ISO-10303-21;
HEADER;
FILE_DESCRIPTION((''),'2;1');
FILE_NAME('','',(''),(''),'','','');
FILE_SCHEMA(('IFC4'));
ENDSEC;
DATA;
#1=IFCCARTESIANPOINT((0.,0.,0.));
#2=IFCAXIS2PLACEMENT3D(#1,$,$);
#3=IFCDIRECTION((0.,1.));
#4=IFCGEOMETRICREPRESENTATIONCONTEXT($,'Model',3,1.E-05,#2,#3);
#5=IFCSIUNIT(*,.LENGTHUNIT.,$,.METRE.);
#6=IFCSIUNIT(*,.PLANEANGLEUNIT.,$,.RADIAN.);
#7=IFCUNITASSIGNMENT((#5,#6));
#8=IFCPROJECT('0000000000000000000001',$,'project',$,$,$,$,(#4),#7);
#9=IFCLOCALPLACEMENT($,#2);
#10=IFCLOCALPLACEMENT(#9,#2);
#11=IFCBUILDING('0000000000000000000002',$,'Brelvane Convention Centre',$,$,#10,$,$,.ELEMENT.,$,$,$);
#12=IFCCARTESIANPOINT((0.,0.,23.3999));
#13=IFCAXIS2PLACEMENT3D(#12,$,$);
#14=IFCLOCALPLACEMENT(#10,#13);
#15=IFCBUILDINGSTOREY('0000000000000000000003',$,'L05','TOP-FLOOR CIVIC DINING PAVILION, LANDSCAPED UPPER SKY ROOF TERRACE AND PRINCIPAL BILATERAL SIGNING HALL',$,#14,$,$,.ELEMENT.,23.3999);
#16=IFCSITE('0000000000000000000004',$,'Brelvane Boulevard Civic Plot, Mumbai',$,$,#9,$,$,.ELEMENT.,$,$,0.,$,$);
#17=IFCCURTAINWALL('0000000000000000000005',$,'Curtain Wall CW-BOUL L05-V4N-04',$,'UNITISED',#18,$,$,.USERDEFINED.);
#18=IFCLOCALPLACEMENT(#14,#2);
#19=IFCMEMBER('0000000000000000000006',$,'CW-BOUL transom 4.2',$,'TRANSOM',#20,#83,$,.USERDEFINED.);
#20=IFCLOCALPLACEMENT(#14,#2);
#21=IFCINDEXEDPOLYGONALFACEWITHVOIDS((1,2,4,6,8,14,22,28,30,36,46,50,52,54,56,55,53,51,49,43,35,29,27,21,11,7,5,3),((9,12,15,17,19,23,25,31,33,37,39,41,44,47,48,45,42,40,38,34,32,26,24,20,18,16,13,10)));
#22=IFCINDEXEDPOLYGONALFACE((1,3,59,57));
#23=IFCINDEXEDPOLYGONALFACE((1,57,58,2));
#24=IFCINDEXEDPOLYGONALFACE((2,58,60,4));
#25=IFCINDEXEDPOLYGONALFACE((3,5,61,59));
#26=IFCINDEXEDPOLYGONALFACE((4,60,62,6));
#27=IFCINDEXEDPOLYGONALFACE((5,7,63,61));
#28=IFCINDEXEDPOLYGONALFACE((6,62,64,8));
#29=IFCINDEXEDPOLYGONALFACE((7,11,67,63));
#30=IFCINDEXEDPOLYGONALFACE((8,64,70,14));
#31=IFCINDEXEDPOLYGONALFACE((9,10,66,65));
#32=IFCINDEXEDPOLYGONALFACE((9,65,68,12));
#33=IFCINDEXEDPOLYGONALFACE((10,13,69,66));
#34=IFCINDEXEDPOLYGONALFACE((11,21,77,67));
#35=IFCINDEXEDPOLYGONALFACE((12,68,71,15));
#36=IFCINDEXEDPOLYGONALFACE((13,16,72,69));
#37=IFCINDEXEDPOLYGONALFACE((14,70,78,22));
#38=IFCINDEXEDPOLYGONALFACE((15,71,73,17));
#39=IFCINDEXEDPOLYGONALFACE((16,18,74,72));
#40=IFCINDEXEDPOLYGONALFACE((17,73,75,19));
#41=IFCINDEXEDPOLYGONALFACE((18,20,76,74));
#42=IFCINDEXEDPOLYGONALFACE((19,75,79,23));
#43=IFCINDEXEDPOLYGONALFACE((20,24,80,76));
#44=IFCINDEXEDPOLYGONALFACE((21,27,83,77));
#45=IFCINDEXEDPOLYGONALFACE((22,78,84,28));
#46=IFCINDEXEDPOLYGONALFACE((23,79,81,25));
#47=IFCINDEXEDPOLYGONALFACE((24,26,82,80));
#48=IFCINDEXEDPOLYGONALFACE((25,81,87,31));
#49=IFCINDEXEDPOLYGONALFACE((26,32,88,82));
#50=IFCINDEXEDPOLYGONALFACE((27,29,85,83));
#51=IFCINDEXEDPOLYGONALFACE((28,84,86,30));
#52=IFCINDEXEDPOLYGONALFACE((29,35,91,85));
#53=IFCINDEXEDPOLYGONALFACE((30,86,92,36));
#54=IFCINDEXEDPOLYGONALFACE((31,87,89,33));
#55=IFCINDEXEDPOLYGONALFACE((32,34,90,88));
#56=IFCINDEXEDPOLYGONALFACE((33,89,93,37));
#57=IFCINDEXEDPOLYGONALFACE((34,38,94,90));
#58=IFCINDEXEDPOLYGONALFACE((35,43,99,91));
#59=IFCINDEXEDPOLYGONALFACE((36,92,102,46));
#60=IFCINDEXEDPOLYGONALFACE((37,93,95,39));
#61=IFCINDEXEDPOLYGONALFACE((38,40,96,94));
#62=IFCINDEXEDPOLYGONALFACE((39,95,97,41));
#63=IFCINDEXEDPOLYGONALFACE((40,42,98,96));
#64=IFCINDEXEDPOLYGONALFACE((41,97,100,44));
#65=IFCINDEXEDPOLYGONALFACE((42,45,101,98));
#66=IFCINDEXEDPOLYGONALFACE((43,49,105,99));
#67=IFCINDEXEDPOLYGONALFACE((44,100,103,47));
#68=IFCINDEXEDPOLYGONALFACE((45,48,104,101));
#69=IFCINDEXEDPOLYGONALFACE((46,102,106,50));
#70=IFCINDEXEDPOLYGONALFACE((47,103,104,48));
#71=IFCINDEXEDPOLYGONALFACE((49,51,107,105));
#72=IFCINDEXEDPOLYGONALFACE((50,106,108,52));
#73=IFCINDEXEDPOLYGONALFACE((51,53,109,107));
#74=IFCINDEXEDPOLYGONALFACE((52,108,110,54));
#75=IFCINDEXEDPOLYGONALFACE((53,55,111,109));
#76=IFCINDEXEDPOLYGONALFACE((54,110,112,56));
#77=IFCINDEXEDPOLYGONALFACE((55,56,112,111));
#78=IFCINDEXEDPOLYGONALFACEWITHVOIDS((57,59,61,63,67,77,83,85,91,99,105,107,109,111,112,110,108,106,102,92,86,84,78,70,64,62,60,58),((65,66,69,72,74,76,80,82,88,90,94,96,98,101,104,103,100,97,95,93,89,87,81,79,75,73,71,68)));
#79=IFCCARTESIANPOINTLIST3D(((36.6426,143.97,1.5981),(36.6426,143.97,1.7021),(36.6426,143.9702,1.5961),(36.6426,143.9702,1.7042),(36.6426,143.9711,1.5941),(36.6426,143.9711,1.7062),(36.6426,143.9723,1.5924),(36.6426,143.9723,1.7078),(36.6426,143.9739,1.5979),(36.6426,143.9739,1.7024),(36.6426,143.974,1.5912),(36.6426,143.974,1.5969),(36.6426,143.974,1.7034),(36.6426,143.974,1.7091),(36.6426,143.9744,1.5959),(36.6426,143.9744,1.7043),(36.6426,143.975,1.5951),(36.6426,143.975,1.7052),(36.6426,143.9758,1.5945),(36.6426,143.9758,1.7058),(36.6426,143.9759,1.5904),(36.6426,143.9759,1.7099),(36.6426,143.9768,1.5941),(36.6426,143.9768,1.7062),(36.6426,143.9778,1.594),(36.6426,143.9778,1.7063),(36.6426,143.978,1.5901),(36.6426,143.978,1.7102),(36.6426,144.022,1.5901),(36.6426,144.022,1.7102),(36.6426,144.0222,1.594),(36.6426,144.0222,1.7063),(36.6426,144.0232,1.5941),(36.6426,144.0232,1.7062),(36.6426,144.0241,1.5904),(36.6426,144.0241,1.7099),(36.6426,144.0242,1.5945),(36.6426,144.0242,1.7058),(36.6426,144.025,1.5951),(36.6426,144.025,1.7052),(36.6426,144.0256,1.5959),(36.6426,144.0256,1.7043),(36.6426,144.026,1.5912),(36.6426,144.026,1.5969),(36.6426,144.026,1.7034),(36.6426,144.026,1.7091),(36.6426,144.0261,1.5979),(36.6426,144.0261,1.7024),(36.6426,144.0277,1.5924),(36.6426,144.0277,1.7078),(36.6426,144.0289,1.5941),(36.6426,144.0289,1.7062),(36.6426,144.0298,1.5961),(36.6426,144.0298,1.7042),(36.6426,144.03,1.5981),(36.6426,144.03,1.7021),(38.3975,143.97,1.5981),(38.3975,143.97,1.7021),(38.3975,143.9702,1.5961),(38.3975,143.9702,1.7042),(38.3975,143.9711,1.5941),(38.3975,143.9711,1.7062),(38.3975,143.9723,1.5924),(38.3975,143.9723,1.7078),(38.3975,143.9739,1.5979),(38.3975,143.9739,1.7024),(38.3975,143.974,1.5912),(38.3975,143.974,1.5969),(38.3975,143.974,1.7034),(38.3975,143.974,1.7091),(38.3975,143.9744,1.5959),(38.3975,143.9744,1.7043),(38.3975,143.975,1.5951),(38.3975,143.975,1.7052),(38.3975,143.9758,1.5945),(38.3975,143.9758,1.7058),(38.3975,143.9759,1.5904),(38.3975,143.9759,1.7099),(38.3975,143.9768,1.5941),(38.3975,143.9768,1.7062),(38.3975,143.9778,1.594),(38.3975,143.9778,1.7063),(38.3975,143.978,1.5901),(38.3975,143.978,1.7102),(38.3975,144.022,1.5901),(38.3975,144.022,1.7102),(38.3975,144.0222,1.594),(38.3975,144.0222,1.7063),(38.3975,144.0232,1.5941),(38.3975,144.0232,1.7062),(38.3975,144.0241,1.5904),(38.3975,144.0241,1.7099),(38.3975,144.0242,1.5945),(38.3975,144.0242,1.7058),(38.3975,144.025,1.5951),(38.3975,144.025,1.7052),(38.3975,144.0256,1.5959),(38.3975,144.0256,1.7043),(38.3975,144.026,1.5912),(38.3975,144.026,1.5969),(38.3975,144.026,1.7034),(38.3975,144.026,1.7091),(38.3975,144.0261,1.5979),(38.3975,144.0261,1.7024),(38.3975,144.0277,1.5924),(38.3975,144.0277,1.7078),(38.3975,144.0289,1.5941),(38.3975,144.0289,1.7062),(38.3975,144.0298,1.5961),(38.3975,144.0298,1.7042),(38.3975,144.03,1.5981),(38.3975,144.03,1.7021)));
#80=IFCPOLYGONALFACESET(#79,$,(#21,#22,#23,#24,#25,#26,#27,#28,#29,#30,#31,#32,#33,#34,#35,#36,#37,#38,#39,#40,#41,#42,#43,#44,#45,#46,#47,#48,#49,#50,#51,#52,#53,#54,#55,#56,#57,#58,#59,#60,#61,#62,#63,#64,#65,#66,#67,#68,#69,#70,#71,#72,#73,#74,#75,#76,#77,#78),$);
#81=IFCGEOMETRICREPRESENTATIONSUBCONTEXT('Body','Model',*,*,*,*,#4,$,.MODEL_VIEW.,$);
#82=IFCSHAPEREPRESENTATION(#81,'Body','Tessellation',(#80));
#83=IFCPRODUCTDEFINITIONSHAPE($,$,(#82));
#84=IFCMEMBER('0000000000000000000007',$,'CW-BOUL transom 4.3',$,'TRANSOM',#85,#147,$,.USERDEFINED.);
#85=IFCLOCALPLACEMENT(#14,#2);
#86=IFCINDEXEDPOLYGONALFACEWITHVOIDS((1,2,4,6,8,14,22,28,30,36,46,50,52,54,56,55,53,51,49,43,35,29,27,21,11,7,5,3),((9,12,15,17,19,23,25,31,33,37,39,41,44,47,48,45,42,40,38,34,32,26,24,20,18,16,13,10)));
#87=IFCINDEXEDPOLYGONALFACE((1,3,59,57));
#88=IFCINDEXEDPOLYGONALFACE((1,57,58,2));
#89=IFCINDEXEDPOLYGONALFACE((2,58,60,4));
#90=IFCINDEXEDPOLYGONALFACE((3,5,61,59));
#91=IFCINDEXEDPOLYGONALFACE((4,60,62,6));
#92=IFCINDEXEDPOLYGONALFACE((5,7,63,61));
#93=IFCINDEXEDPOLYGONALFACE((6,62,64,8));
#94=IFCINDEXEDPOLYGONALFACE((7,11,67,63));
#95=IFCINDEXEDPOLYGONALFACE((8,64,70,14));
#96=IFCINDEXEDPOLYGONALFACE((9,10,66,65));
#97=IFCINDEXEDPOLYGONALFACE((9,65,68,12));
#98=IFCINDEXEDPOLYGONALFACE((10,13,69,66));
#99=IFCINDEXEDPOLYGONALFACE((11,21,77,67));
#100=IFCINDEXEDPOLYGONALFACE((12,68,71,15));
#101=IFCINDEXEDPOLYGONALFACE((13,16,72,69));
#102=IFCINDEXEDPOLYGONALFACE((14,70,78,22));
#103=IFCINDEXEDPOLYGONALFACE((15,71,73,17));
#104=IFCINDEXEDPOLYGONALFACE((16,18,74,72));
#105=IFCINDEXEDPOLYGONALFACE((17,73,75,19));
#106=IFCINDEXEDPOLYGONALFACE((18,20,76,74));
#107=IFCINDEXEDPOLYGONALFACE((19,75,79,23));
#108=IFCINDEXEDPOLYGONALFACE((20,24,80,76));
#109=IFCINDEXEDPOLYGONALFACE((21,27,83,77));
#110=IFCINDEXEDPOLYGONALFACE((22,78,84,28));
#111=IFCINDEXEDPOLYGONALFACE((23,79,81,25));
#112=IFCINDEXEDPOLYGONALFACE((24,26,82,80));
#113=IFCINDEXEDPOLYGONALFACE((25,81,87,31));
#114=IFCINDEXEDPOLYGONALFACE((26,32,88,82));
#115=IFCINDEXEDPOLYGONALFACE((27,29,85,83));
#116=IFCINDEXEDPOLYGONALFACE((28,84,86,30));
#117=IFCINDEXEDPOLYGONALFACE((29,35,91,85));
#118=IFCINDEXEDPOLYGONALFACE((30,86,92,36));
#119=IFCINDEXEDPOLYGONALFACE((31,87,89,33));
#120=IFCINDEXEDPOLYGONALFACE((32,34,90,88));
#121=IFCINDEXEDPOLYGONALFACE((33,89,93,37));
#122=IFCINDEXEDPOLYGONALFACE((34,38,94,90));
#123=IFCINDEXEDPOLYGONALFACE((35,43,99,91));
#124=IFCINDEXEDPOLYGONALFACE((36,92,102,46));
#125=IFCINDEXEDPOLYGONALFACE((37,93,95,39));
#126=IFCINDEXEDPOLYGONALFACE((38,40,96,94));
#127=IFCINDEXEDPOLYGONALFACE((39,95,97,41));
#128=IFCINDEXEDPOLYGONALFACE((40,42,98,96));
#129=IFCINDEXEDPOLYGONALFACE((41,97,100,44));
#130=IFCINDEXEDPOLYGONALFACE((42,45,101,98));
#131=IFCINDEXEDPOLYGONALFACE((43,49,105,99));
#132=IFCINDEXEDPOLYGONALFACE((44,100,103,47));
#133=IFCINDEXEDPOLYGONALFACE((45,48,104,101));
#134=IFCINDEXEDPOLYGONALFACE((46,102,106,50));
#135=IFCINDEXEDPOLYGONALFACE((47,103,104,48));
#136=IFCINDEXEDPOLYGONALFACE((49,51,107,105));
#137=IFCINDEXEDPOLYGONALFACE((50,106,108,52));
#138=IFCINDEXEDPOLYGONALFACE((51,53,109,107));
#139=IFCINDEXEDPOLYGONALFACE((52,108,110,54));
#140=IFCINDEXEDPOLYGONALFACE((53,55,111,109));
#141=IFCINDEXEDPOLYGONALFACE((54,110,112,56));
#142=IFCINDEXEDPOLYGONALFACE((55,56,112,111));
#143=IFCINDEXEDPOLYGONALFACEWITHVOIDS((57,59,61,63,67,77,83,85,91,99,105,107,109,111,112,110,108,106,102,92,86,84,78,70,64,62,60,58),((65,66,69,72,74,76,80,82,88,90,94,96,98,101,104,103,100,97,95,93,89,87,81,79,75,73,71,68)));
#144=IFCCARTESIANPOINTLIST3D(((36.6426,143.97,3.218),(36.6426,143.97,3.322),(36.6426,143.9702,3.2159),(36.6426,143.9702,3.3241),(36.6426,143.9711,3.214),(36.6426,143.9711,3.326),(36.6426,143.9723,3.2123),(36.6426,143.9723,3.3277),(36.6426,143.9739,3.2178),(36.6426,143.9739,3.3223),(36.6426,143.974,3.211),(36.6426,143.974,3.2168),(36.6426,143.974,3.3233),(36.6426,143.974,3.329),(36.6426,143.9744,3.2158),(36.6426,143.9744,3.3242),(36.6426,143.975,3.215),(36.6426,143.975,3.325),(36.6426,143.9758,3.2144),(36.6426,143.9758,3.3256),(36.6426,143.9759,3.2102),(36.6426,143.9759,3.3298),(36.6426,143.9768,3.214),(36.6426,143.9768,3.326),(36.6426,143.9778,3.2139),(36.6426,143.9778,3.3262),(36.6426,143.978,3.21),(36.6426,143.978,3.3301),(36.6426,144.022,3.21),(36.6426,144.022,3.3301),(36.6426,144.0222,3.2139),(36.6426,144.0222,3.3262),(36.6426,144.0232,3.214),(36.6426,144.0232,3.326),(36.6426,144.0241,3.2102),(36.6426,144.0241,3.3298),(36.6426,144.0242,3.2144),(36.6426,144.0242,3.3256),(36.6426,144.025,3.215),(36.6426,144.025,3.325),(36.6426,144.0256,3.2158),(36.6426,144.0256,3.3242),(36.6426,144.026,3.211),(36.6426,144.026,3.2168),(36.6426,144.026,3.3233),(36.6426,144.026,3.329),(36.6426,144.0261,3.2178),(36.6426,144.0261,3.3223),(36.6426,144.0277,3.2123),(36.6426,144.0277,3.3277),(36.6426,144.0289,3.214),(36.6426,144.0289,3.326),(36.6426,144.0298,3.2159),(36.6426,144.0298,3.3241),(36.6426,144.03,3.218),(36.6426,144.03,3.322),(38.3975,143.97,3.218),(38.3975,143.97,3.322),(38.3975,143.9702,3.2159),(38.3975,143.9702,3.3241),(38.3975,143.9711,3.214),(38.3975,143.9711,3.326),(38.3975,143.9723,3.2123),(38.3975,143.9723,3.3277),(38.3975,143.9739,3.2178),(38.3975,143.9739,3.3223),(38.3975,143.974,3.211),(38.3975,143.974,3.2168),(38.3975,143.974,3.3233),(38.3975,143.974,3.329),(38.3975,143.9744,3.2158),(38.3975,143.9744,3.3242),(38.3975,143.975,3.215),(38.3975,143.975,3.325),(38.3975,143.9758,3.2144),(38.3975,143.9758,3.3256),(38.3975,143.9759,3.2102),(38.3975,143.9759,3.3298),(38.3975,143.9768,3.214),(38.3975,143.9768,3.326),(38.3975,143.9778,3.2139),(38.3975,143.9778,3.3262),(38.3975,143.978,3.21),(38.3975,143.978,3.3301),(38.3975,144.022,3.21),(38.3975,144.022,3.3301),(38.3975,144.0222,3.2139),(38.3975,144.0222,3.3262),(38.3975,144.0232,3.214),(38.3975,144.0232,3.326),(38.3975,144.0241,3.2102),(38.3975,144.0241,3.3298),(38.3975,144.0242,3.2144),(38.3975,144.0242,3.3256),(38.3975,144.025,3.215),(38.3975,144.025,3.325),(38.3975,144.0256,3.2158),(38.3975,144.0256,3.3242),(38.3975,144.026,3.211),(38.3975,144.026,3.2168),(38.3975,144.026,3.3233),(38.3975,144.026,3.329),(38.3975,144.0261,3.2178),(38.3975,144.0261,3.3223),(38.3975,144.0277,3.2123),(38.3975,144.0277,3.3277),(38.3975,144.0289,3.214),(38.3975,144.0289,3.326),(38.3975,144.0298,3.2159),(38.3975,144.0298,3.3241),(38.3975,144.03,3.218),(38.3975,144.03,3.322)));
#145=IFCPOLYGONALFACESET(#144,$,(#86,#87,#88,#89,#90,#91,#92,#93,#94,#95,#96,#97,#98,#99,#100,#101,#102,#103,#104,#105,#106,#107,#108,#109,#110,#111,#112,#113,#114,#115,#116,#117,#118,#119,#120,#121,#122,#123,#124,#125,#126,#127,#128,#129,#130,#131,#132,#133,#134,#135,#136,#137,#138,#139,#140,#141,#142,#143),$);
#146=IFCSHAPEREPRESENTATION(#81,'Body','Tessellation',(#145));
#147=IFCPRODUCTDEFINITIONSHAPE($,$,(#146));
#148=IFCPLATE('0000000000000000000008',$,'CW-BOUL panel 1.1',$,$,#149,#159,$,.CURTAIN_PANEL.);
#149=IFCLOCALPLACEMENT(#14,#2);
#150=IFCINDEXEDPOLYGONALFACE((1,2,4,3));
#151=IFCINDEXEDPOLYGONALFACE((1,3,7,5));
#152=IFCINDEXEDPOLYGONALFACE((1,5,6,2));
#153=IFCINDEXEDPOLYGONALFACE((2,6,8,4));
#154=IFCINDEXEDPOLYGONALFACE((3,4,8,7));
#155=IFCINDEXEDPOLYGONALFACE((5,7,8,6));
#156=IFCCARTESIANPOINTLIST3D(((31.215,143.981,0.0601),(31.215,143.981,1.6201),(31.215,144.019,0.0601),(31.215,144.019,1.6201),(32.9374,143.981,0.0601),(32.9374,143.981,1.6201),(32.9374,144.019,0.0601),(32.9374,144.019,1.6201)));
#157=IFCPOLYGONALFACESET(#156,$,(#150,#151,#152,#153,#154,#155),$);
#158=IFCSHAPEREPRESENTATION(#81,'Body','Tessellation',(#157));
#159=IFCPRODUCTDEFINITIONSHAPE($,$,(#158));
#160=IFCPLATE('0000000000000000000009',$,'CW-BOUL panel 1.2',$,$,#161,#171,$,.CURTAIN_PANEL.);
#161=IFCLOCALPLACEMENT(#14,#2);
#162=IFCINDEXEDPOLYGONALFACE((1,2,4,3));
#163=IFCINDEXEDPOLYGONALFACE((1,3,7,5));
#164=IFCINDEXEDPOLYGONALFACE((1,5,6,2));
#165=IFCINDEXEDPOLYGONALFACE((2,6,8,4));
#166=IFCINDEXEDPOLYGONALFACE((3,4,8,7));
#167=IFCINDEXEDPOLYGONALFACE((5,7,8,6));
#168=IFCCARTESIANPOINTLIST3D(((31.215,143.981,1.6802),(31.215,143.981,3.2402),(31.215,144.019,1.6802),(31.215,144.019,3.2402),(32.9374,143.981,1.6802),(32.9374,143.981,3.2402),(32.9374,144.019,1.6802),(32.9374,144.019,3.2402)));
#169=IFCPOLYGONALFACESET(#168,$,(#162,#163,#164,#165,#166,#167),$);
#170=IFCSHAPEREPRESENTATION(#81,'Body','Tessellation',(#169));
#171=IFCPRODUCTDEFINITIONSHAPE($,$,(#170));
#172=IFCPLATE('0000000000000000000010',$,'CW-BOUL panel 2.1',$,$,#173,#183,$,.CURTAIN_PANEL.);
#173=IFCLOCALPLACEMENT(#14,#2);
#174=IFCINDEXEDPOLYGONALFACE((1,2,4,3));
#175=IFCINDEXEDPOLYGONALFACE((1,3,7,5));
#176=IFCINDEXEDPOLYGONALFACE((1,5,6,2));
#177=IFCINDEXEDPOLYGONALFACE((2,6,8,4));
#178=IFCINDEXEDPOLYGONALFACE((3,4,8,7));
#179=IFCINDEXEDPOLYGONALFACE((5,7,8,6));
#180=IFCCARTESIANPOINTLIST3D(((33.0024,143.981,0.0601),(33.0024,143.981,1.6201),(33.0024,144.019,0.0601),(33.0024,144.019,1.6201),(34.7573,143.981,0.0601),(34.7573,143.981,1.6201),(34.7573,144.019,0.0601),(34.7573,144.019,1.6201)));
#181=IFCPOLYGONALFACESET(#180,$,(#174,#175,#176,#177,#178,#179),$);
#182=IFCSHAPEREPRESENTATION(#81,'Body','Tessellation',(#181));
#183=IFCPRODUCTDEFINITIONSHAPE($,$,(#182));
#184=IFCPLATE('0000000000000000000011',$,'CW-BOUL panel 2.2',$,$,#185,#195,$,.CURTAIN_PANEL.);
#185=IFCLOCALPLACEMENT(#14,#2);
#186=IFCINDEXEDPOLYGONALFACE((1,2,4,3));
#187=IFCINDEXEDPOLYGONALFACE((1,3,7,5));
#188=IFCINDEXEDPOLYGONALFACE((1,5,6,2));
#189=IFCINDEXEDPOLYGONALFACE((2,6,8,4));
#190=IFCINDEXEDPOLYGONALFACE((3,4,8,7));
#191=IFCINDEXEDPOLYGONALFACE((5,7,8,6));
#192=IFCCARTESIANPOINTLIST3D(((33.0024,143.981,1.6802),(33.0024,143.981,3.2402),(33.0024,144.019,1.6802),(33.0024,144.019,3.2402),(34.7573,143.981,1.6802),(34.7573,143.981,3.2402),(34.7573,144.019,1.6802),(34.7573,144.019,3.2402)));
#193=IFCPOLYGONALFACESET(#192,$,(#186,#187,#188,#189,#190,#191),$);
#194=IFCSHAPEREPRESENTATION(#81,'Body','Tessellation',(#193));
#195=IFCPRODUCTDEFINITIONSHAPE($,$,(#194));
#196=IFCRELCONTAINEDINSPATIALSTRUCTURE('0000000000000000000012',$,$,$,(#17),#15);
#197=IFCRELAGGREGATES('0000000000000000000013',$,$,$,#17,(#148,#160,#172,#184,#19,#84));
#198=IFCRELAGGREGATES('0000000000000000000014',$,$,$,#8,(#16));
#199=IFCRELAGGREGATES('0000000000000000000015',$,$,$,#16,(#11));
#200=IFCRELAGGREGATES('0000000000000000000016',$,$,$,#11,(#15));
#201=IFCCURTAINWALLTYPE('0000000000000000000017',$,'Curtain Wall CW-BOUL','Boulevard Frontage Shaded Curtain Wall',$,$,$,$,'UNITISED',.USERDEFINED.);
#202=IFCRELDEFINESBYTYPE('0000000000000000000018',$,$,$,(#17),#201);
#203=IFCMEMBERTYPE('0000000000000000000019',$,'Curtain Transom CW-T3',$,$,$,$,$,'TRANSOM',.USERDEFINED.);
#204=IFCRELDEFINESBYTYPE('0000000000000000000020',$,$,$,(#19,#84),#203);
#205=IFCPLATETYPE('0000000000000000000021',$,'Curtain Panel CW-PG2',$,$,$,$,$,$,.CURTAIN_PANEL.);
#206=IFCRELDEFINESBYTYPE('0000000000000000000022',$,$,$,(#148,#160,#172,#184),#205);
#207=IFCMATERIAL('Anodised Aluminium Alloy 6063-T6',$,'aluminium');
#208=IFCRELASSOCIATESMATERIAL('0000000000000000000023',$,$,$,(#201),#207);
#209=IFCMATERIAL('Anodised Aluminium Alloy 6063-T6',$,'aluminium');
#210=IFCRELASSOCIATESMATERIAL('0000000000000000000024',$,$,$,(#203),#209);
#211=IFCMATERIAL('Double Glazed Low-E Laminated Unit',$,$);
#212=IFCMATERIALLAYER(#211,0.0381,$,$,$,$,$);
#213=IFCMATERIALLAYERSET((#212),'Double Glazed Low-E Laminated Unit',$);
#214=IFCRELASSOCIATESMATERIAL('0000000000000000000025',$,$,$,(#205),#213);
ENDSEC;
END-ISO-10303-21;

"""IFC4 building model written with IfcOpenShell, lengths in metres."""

from ifc_helpers import new_model, si_unit, direction, frame, origin, origin_2d, place, context, subcontext, project, spatial, rectangle, hollow_rectangle, extrude, material, layer, layer_set, material_profile, profile_set, type_object, element, aggregate, save


model = new_model("IFC4")

# Units and contexts
model_context = context("Model", 3, precision=1e-05, world=origin(), true_north=direction((0.0, 1.0)))
body_context = subcontext(model_context, "Body", "Model", "MODEL_VIEW")
ifc_project = project(units=[si_unit("LENGTHUNIT", "METRE"), si_unit("PLANEANGLEUNIT", "RADIAN")], contexts=[model_context])

# Site, building, storey
site_placement = place(None, origin())
site = spatial("IfcSite", under=ifc_project, at=site_placement, Name="Brelvane Boulevard Civic Plot, Mumbai", CompositionType="ELEMENT", RefElevation=0.0)
building_placement = place(site_placement, origin())
building = spatial("IfcBuilding", under=site, at=building_placement, Name="Brelvane Convention Centre", CompositionType="ELEMENT")
storey_placement = place(building_placement, frame((0.0, 0.0, 23.3999)))
storey = spatial("IfcBuildingStorey", under=building, at=storey_placement, Name="L05", Description="TOP-FLOOR CIVIC DINING PAVILION, LANDSCAPED UPPER SKY ROOF TERRACE AND PRINCIPAL BILATERAL SIGNING HALL", CompositionType="ELEMENT", Elevation=23.3999)

# Curtain wall, members, plates
ifc_material_1 = material(Name="Anodised Aluminium Alloy 6063-T6", Category="aluminium")
curtain_wall_type = type_object("IfcCurtainWallType", Name="Curtain Wall CW-BOUL", Description="Boulevard Frontage Shaded Curtain Wall", ElementType="UNITISED", PredefinedType="USERDEFINED", material=ifc_material_1)
curtain_wall_placement = place(storey_placement, origin())
curtain_wall = element("IfcCurtainWall", 1, at=curtain_wall_placement, inside=storey, type_object=curtain_wall_type, Name="Curtain Wall CW-BOUL L05-V4N-04", ObjectType="UNITISED", PredefinedType="USERDEFINED")
ifc_material_2 = material(Name="Anodised Aluminium Alloy 6063-T6", Category="aluminium")
ifc_material_profile_1 = material_profile(ifc_material_2, hollow_rectangle(XDim=0.0601, YDim=0.1201, WallThickness=0.0039, InnerFilletRadius=0.0039, OuterFilletRadius=0.0081, at=origin_2d()), Name="ALU-T 120x60x4.0")
ifc_profile_set_1 = profile_set([ifc_material_profile_1], Name="Anodised Aluminium Alloy 6063-T6")
member_type_1 = type_object("IfcMemberType", Name="Curtain Transom CW-T3", ElementType="TRANSOM", PredefinedType="USERDEFINED", material=ifc_profile_set_1)
member_1_placement = place(storey_placement, frame((36.6426, 144.0, 1.6501), z_axis=(1.0, 0.0, 0.0), x_axis=(0.0, 1.0, 0.0)))
member_1 = element("IfcMember", 2, at=member_1_placement, type_object=member_type_1, Name="CW-BOUL transom 4.2", ObjectType="TRANSOM", PredefinedType="USERDEFINED", context=body_context, shape_type="SweptSolid", body=[
    extrude(hollow_rectangle(XDim=0.0601, YDim=0.1201, WallThickness=0.0039, InnerFilletRadius=0.0039, OuterFilletRadius=0.0081, at=origin_2d()), origin(), (0.0, 0.0, 1.0), 1.7549),
])
member_2_placement = place(storey_placement, frame((36.6426, 144.0, 3.27), z_axis=(1.0, 0.0, 0.0), x_axis=(0.0, 1.0, 0.0)))
member_2 = element("IfcMember", 3, at=member_2_placement, type_object=member_type_1, Name="CW-BOUL transom 4.3", ObjectType="TRANSOM", PredefinedType="USERDEFINED", context=body_context, shape_type="SweptSolid", body=[
    extrude(hollow_rectangle(XDim=0.0601, YDim=0.1201, WallThickness=0.0039, InnerFilletRadius=0.0039, OuterFilletRadius=0.0081, at=origin_2d()), origin(), (0.0, 0.0, 1.0), 1.7549),
])
ifc_material_3 = material(Name="Double Glazed Low-E Laminated Unit")
ifc_layer = layer(ifc_material_3, 0.0381)
ifc_layer_set = layer_set([ifc_layer], Name="Double Glazed Low-E Laminated Unit")
plate_type = type_object("IfcPlateType", Name="Curtain Panel CW-PG2", PredefinedType="CURTAIN_PANEL", material=ifc_layer_set)
plate_1_placement = place(storey_placement, frame((32.0762, 144.0, 0.0601), z_axis=(0.0, 0.0, 1.0), x_axis=(1.0, 0.0, 0.0)))
plate_1 = element("IfcPlate", 4, at=plate_1_placement, type_object=plate_type, Name="CW-BOUL panel 1.1", PredefinedType="CURTAIN_PANEL", context=body_context, shape_type="SweptSolid", body=[
    extrude(rectangle(XDim=1.7224, YDim=0.0381, at=origin_2d()), origin(), (0.0, 0.0, 1.0), 1.5601),
])
plate_2_placement = place(storey_placement, frame((32.0762, 144.0, 1.6802), z_axis=(0.0, 0.0, 1.0), x_axis=(1.0, 0.0, 0.0)))
plate_2 = element("IfcPlate", 5, at=plate_2_placement, type_object=plate_type, Name="CW-BOUL panel 1.2", PredefinedType="CURTAIN_PANEL", context=body_context, shape_type="SweptSolid", body=[
    extrude(rectangle(XDim=1.7224, YDim=0.0381, at=origin_2d()), origin(), (0.0, 0.0, 1.0), 1.5601),
])
plate_3_placement = place(storey_placement, frame((33.8799, 144.0, 0.0601), z_axis=(0.0, 0.0, 1.0), x_axis=(1.0, 0.0, 0.0)))
plate_3 = element("IfcPlate", 6, at=plate_3_placement, type_object=plate_type, Name="CW-BOUL panel 2.1", PredefinedType="CURTAIN_PANEL", context=body_context, shape_type="SweptSolid", body=[
    extrude(rectangle(XDim=1.7549, YDim=0.0381, at=origin_2d()), origin(), (0.0, 0.0, 1.0), 1.5601),
])
plate_4_placement = place(storey_placement, frame((33.8799, 144.0, 1.6802), z_axis=(0.0, 0.0, 1.0), x_axis=(1.0, 0.0, 0.0)))
plate_4 = element("IfcPlate", 7, at=plate_4_placement, type_object=plate_type, Name="CW-BOUL panel 2.2", PredefinedType="CURTAIN_PANEL", context=body_context, shape_type="SweptSolid", body=[
    extrude(rectangle(XDim=1.7549, YDim=0.0381, at=origin_2d()), origin(), (0.0, 0.0, 1.0), 1.5601),
])
aggregate(curtain_wall, [plate_1, plate_2, plate_3, plate_4, member_1, member_2])

save(model, "model.ifc")
